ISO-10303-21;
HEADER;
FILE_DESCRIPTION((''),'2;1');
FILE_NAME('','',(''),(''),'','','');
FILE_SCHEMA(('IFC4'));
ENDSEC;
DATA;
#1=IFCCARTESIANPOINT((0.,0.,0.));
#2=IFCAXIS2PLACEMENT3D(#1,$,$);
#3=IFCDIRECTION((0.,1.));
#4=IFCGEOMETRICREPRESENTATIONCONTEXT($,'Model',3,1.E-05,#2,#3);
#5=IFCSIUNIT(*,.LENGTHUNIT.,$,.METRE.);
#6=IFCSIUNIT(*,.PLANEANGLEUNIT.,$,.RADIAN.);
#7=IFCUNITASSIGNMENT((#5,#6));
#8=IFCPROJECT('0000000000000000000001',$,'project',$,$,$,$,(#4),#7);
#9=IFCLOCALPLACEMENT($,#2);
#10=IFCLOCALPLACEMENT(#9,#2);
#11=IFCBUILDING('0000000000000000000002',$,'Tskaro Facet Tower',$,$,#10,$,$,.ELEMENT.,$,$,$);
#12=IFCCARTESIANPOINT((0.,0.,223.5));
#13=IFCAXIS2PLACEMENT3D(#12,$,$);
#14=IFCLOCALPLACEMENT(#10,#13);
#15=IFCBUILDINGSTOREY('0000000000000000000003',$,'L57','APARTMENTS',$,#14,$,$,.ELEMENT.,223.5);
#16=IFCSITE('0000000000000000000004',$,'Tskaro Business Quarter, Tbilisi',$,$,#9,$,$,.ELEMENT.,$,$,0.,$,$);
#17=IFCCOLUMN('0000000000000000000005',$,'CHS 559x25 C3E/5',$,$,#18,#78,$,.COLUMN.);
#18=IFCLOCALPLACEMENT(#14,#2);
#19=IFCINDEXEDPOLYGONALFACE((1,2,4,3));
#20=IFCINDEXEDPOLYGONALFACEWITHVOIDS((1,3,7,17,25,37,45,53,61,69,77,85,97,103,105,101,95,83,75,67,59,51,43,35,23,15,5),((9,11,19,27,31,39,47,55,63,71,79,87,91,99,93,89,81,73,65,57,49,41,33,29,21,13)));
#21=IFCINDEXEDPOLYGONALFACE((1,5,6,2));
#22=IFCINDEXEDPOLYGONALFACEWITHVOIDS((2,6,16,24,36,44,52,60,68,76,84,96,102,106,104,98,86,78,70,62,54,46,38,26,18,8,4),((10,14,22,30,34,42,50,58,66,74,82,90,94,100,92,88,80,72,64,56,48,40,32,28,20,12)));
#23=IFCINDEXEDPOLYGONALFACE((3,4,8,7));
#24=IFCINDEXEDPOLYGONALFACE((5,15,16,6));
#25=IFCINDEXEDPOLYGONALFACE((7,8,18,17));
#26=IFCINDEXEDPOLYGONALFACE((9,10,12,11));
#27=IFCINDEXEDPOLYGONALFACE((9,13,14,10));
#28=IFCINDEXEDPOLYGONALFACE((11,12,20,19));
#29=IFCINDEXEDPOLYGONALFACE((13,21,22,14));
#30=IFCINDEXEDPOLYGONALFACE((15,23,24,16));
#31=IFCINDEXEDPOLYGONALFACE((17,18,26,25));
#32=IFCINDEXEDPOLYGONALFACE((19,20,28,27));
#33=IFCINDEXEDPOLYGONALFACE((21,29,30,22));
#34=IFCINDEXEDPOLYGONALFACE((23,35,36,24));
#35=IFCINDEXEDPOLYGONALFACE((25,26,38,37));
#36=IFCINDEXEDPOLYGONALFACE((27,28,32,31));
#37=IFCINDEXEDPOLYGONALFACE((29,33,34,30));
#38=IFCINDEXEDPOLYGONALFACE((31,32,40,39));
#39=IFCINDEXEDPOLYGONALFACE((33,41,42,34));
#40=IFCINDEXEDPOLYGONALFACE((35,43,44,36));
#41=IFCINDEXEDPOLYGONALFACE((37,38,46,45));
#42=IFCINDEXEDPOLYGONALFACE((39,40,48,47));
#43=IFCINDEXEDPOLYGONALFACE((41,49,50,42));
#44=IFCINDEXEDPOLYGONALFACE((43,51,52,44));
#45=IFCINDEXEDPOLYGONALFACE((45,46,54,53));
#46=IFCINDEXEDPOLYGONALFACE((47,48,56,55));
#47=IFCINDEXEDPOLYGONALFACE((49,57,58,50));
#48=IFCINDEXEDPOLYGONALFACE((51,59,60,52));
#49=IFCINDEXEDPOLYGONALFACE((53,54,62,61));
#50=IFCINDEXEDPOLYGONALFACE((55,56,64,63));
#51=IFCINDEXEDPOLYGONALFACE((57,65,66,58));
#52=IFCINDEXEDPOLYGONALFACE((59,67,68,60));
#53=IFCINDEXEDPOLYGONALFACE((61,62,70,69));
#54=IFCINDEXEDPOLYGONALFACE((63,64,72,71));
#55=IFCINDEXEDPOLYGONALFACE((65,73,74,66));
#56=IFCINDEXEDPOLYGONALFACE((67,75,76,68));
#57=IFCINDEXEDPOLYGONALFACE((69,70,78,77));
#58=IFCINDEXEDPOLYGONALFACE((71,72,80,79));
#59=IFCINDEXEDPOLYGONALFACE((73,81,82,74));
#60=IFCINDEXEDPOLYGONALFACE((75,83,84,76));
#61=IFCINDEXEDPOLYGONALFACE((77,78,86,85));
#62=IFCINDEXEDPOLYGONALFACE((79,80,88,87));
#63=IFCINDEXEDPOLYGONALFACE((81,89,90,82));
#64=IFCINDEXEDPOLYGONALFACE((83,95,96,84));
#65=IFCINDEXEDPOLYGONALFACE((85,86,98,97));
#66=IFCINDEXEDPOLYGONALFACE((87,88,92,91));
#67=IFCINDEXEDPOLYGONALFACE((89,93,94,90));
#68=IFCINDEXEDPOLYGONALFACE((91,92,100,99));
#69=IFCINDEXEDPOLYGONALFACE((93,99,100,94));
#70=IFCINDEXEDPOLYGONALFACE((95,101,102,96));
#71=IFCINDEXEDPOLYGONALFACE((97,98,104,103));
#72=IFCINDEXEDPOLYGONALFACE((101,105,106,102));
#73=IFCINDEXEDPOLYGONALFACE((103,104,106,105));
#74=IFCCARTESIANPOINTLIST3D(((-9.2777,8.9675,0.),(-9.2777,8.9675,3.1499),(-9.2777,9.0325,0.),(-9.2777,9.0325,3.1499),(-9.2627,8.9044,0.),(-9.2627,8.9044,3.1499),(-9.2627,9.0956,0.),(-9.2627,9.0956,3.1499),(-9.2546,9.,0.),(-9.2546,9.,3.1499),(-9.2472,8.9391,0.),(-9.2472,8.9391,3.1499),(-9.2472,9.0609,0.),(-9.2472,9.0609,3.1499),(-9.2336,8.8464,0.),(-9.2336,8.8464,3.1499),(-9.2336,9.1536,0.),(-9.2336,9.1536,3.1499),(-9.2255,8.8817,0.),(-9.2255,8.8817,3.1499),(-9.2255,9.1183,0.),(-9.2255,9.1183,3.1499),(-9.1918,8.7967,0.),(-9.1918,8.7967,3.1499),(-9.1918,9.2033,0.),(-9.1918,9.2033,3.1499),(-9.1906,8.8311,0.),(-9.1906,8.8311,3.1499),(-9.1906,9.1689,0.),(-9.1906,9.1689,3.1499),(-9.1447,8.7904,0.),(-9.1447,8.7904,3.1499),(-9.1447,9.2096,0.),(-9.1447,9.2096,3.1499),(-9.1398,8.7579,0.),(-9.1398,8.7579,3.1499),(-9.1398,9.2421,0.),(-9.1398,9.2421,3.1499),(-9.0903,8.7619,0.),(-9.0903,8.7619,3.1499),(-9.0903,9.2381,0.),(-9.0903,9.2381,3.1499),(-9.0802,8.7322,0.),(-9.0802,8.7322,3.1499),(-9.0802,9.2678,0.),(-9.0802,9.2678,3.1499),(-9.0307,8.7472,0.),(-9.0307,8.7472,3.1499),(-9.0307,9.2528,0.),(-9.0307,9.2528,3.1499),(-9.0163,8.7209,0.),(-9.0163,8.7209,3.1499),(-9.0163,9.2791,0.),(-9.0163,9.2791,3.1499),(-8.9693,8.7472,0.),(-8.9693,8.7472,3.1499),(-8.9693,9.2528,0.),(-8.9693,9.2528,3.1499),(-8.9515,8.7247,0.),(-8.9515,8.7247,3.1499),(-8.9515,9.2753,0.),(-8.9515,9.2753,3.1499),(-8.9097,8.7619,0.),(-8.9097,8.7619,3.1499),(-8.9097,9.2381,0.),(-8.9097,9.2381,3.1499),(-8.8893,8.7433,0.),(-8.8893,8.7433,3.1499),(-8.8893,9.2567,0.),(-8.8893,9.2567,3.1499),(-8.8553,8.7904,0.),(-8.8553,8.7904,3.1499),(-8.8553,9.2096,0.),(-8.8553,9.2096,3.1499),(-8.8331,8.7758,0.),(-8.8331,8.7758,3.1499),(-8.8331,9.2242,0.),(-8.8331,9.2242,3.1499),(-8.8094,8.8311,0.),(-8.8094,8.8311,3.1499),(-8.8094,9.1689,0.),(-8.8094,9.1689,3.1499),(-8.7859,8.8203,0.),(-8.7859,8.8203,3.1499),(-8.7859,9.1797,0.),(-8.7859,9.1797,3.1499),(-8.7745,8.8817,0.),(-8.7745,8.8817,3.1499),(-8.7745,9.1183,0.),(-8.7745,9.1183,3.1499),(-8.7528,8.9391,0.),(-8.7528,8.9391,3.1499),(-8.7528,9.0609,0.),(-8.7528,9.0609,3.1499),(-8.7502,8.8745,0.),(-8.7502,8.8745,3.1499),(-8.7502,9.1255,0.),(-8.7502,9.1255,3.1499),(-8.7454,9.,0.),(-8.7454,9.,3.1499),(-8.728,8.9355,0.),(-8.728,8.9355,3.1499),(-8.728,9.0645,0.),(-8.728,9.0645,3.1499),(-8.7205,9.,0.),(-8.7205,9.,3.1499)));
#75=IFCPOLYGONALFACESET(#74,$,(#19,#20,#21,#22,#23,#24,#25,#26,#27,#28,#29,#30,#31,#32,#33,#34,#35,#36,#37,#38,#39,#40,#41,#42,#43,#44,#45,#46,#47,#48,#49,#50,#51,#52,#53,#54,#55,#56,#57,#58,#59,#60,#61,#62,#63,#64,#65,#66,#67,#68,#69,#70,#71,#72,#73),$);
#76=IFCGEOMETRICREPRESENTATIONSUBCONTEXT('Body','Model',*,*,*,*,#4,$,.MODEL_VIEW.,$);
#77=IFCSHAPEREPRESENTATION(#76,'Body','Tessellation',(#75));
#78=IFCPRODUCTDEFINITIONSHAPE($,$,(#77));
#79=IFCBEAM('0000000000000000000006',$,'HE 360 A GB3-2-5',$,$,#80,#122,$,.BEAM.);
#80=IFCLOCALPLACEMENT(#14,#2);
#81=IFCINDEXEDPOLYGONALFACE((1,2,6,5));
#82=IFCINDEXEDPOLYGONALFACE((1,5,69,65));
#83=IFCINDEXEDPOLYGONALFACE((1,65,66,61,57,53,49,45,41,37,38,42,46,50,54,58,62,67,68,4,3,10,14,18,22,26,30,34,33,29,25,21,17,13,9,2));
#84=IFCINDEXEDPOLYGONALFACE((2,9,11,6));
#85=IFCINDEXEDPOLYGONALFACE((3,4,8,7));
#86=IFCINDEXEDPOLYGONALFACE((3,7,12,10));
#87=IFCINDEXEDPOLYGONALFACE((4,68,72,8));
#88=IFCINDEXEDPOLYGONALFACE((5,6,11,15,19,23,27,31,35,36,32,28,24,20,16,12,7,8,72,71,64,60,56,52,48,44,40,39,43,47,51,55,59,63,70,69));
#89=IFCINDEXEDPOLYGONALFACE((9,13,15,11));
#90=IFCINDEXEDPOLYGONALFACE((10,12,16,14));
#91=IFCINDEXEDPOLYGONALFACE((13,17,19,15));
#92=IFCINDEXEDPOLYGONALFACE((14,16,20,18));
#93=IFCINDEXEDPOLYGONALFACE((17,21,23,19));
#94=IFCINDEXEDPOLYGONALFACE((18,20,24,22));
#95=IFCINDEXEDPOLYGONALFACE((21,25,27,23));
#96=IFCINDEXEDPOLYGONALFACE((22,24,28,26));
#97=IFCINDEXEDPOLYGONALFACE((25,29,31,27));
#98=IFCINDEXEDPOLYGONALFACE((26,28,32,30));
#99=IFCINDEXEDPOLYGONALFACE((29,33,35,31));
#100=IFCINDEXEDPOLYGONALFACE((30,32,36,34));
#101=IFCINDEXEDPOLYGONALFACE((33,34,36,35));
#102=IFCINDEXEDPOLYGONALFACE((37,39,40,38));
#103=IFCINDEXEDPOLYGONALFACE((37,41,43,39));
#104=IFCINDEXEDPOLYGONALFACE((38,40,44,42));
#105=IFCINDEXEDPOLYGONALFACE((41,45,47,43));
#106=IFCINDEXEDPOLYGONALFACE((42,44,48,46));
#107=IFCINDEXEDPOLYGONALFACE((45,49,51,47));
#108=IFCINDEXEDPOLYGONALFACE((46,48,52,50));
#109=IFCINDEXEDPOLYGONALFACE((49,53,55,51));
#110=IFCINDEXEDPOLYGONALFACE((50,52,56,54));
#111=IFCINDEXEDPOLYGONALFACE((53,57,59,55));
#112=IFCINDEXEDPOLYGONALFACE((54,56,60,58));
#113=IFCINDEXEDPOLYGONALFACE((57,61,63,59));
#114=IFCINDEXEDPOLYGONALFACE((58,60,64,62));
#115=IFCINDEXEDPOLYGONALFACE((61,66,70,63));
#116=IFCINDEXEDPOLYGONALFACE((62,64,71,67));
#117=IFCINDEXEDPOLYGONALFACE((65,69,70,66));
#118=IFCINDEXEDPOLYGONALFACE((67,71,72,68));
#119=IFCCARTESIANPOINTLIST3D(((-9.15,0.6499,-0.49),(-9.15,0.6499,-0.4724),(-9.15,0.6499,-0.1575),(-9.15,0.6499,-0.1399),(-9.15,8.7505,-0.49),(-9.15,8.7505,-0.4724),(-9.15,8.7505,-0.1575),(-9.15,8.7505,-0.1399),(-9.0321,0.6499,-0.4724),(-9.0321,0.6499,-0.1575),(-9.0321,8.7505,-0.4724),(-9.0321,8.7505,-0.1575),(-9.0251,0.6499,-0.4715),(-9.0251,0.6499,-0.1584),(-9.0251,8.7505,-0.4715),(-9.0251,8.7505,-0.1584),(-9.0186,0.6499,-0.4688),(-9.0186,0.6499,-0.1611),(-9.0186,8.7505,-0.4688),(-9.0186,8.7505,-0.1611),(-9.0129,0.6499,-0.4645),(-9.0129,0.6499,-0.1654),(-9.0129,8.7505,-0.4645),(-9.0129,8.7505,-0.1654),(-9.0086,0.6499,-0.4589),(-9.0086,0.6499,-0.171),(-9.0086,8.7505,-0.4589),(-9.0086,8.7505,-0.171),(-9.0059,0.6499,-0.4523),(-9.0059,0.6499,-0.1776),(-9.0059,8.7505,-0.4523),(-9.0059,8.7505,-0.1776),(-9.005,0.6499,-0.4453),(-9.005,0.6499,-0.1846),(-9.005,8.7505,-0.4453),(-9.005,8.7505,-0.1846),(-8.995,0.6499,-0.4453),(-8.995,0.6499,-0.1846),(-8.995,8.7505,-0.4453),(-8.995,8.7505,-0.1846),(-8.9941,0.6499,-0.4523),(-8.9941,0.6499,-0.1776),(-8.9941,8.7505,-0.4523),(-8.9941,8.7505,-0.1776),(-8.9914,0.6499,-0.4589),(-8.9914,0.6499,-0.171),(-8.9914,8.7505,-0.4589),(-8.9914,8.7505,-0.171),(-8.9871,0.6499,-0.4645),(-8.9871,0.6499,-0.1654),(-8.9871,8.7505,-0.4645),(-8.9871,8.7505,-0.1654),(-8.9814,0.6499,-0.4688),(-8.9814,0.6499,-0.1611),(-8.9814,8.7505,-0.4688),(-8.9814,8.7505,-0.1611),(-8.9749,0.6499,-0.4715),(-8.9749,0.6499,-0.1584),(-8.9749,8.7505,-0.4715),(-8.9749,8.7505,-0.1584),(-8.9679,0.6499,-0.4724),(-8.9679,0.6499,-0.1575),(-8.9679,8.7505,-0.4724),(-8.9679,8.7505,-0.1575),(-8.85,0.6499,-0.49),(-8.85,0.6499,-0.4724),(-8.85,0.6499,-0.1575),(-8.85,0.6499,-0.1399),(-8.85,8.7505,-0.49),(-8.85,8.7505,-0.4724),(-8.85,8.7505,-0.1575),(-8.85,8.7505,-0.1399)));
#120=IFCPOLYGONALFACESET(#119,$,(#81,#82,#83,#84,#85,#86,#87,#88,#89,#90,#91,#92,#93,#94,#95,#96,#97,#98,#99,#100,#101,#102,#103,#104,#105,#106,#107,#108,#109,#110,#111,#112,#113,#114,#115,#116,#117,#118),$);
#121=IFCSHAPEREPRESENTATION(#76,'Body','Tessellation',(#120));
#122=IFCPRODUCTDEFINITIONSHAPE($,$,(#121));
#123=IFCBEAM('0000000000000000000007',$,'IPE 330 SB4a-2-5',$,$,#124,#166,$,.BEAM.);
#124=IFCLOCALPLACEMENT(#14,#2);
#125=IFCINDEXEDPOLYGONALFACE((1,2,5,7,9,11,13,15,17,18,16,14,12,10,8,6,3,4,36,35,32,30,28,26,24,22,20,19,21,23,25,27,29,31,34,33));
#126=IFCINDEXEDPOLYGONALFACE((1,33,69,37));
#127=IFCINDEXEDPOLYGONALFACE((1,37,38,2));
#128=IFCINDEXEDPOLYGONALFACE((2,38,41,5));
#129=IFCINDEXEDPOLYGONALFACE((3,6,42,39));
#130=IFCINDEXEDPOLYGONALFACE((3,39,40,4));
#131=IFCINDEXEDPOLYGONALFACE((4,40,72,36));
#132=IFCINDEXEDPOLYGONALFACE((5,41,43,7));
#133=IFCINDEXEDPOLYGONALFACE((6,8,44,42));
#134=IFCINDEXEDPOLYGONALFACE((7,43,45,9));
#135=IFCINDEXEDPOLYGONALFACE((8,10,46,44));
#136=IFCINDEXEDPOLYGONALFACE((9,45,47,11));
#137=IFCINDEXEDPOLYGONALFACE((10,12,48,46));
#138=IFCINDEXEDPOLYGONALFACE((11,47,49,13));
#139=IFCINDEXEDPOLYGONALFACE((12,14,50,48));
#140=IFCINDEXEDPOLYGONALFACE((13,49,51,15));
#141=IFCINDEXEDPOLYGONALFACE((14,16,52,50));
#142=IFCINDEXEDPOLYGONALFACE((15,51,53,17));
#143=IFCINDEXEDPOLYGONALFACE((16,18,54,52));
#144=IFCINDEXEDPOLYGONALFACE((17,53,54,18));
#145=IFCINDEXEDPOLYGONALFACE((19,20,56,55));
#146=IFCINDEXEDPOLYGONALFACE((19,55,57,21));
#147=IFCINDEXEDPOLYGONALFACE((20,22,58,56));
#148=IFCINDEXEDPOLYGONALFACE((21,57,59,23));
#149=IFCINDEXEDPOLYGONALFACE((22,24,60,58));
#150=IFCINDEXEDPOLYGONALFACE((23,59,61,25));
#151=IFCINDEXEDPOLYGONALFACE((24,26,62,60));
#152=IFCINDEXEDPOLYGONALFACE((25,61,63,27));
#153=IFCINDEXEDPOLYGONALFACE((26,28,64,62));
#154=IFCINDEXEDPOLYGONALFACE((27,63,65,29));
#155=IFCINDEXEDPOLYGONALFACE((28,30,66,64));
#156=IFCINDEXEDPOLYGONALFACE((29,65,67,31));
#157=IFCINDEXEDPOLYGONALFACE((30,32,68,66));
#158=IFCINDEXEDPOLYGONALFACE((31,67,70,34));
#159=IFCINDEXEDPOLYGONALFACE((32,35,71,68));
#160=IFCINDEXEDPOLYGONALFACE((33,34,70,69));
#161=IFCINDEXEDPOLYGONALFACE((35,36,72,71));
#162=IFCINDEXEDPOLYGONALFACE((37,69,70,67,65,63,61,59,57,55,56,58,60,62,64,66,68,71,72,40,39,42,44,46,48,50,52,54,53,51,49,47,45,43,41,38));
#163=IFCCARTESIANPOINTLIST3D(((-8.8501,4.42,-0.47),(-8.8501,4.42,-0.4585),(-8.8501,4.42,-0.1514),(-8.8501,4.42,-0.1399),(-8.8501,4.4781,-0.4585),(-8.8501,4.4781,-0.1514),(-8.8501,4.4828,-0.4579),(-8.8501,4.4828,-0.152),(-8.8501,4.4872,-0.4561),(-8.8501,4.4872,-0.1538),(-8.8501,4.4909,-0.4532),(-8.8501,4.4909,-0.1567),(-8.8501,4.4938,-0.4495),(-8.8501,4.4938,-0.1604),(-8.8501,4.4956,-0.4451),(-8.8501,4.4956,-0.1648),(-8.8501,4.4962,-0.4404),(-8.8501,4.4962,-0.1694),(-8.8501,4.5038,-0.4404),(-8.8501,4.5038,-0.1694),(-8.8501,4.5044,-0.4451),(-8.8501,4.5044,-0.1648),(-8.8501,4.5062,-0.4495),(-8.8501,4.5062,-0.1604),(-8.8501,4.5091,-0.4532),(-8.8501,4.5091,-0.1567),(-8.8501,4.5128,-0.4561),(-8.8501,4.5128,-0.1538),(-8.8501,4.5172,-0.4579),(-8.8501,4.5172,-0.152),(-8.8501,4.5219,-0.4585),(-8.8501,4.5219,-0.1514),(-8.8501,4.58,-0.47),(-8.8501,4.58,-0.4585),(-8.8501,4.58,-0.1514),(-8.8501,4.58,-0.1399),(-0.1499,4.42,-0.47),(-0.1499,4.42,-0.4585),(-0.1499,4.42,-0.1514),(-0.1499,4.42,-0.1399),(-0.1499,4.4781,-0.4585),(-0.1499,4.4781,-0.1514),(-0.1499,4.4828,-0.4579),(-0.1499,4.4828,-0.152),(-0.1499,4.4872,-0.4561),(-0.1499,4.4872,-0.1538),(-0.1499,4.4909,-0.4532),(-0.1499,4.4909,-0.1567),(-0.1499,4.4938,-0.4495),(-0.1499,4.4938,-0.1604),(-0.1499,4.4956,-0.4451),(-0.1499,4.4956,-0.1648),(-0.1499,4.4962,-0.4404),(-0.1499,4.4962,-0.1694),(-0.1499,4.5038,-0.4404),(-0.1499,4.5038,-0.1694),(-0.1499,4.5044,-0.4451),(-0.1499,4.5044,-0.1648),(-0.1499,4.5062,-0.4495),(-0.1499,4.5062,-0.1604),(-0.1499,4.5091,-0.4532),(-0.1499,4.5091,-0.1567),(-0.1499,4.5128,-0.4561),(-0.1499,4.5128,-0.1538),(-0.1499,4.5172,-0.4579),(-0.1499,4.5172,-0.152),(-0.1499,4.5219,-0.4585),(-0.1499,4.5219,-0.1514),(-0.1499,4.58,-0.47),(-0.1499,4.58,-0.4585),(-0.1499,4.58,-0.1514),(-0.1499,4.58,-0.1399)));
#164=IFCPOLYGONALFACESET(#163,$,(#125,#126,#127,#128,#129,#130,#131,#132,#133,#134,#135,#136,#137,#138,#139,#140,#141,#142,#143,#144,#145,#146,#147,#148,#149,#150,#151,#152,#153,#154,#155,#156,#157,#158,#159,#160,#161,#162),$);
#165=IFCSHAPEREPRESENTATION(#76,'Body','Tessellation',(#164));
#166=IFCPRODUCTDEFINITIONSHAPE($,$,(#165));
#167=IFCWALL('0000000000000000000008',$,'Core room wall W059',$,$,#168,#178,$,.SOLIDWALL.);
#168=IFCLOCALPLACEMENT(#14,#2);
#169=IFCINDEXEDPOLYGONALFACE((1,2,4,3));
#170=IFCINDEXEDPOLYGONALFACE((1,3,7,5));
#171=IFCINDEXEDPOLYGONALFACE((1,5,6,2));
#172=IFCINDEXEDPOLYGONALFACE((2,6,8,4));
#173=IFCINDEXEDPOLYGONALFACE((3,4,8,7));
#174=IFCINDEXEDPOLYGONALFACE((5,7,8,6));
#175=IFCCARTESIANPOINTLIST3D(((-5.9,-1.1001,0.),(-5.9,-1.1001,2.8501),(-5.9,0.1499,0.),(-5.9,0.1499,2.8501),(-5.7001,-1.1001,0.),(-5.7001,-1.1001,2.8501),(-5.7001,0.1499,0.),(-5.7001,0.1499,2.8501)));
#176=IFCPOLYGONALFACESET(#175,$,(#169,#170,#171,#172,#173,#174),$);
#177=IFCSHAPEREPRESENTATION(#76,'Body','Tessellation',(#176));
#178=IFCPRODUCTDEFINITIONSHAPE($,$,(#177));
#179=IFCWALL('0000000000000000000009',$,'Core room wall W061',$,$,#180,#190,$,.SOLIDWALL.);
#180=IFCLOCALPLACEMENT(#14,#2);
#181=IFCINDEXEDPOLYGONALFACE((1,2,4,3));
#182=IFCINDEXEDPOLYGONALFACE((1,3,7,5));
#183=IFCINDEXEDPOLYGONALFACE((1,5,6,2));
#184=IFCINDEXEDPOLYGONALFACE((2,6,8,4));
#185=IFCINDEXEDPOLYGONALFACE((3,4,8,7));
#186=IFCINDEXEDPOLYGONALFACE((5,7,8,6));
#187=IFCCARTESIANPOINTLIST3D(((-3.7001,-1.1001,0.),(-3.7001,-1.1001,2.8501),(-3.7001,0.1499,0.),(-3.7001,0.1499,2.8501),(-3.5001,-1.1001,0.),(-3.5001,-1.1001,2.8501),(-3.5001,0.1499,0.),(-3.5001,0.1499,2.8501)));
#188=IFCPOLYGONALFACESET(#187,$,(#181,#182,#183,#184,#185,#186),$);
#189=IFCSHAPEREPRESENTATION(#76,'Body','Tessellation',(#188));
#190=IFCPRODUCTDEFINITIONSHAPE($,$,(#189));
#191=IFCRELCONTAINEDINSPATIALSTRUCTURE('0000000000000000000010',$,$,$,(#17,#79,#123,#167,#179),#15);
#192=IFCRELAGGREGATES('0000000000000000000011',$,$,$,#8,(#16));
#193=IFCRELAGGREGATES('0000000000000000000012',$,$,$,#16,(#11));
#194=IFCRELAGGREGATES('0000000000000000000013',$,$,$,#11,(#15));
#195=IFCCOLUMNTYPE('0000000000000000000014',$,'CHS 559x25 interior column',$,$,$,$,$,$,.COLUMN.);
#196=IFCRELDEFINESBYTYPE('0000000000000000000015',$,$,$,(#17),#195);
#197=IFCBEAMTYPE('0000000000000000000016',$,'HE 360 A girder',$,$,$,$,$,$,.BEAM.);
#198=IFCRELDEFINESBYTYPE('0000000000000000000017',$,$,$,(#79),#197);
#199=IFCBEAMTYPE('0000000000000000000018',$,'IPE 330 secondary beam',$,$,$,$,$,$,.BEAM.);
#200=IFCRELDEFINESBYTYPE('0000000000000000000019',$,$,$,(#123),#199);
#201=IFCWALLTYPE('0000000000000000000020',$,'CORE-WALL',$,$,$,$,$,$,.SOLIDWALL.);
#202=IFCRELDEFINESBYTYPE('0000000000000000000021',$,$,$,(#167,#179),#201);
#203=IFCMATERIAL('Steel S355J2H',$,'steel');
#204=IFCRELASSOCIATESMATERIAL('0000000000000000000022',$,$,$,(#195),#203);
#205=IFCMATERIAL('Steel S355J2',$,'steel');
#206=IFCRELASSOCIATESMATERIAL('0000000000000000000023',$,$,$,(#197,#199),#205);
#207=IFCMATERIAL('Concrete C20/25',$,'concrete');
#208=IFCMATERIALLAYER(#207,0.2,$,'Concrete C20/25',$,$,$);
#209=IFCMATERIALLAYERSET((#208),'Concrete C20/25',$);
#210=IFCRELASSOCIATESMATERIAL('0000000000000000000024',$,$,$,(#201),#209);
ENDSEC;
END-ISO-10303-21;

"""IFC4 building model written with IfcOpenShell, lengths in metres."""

from ifc_helpers import new_model, si_unit, direction, frame, frame_2d, origin, origin_2d, place, context, subcontext, project, spatial, rectangle, hollow_circle, i_section, extrude, material, layer, layer_set, material_profile, profile_set, type_object, element, save


model = new_model("IFC4")

# Units and contexts
model_context = context("Model", 3, precision=1e-05, world=origin(), true_north=direction((0.0, 1.0)))
body_context = subcontext(model_context, "Body", "Model", "MODEL_VIEW")
ifc_project = project(units=[si_unit("LENGTHUNIT", "METRE"), si_unit("PLANEANGLEUNIT", "RADIAN")], contexts=[model_context])

# Site, building, storey
site_placement = place(None, origin())
site = spatial("IfcSite", under=ifc_project, at=site_placement, Name="Tskaro Business Quarter, Tbilisi", CompositionType="ELEMENT", RefElevation=0.0)
building_placement = place(site_placement, origin())
building = spatial("IfcBuilding", under=site, at=building_placement, Name="Tskaro Facet Tower", CompositionType="ELEMENT")
storey_placement = place(building_placement, frame((0.0, 0.0, 223.5)))
storey = spatial("IfcBuildingStorey", under=building, at=storey_placement, Name="L57", Description="APARTMENTS", CompositionType="ELEMENT", Elevation=223.5)

# Column
ifc_material_1 = material(Name="Steel S355J2H", Category="steel")
ifc_material_profile_1 = material_profile(ifc_material_1, hollow_circle(Radius=0.2795, WallThickness=0.0249, at=origin_2d()), Name="CHS 559x25")
ifc_profile_set_1 = profile_set([ifc_material_profile_1], Name="Steel S355J2H")
column_type = type_object("IfcColumnType", Name="CHS 559x25 interior column", PredefinedType="COLUMN", material=ifc_profile_set_1)
column_placement = place(storey_placement, frame((-9.0, 9.0, 0.0), z_axis=(0.0, 0.0, 1.0), x_axis=(1.0, 0.0, 0.0)))
element("IfcColumn", 1, at=column_placement, inside=storey, type_object=column_type, Name="CHS 559x25 C3E/5", PredefinedType="COLUMN", context=body_context, shape_type="SweptSolid", body=[
    extrude(hollow_circle(Radius=0.2795, WallThickness=0.0249, at=origin_2d()), origin(), (0.0, 0.0, 1.0), 3.1499),
])

# Beams
ifc_material_2 = material(Name="Steel S355J2", Category="steel")
ifc_material_profile_2 = material_profile(ifc_material_2, i_section(OverallWidth=0.3, OverallDepth=0.3501, WebThickness=0.01, FlangeThickness=0.0176, FilletRadius=0.0271, at=origin_2d()), Name="HE 360 A")
ifc_profile_set_2 = profile_set([ifc_material_profile_2], Name="Steel S355J2")
beam_type_1 = type_object("IfcBeamType", Name="HE 360 A girder", PredefinedType="BEAM", material=ifc_profile_set_2)
beam_1_placement = place(storey_placement, frame((-9.0, 0.6499, -0.3149), z_axis=(0.0, 1.0, 0.0), x_axis=(-1.0, 0.0, 0.0)))
element("IfcBeam", 2, at=beam_1_placement, inside=storey, type_object=beam_type_1, Name="HE 360 A GB3-2-5", PredefinedType="BEAM", context=body_context, shape_type="SweptSolid", body=[
    extrude(i_section(OverallWidth=0.3, OverallDepth=0.3501, WebThickness=0.01, FlangeThickness=0.0176, FilletRadius=0.0271, at=origin_2d()), origin(), (0.0, 0.0, 1.0), 8.1006),
])
ifc_material_profile_3 = material_profile(ifc_material_2, i_section(OverallWidth=0.1599, OverallDepth=0.3301, WebThickness=0.0076, FlangeThickness=0.0115, FilletRadius=0.0181, at=origin_2d()), Name="IPE 330")
ifc_profile_set_3 = profile_set([ifc_material_profile_3], Name="Steel S355J2")
beam_type_2 = type_object("IfcBeamType", Name="IPE 330 secondary beam", PredefinedType="BEAM", material=ifc_profile_set_3)
beam_2_placement = place(storey_placement, frame((-8.8501, 4.5, -0.3049), z_axis=(1.0, 0.0, 0.0), x_axis=(0.0, 1.0, 0.0)))
element("IfcBeam", 3, at=beam_2_placement, inside=storey, type_object=beam_type_2, Name="IPE 330 SB4a-2-5", PredefinedType="BEAM", context=body_context, shape_type="SweptSolid", body=[
    extrude(i_section(OverallWidth=0.1599, OverallDepth=0.3301, WebThickness=0.0076, FlangeThickness=0.0115, FilletRadius=0.0181, at=origin_2d()), origin(), (0.0, 0.0, 1.0), 8.7002),
])

# Walls
ifc_material_3 = material(Name="Concrete C20/25", Category="concrete")
ifc_layer_1 = layer(ifc_material_3, 0.2, Name="Concrete C20/25")
ifc_layer_set_1 = layer_set([ifc_layer_1], Name="Concrete C20/25")
wall_type_1 = type_object("IfcWallType", Name="CORE-WALL", PredefinedType="SOLIDWALL", material=ifc_layer_set_1)
for number, where, z_axis, x_axis, name in (
    (4, (-5.8, -1.1001, 0.0), (0.0, 0.0, 1.0), (0.0, 1.0, 0.0), "Core room wall W059"),
    (5, (-3.6001, -1.1001, 0.0), (0.0, 0.0, 1.0), (0.0, 1.0, 0.0), "Core room wall W061"),
):
    element("IfcWall", number, at=place(storey_placement, frame(where, z_axis=z_axis, x_axis=x_axis)), inside=storey, type_object=wall_type_1, Name=name, PredefinedType="SOLIDWALL", context=body_context, shape_type="SweptSolid", body=[
        extrude(rectangle(XDim=1.25, YDim=0.2, at=frame_2d((0.625, 0.0))), origin(), (0.0, 0.0, 1.0), 2.8501),
    ])

save(model, "model.ifc")
